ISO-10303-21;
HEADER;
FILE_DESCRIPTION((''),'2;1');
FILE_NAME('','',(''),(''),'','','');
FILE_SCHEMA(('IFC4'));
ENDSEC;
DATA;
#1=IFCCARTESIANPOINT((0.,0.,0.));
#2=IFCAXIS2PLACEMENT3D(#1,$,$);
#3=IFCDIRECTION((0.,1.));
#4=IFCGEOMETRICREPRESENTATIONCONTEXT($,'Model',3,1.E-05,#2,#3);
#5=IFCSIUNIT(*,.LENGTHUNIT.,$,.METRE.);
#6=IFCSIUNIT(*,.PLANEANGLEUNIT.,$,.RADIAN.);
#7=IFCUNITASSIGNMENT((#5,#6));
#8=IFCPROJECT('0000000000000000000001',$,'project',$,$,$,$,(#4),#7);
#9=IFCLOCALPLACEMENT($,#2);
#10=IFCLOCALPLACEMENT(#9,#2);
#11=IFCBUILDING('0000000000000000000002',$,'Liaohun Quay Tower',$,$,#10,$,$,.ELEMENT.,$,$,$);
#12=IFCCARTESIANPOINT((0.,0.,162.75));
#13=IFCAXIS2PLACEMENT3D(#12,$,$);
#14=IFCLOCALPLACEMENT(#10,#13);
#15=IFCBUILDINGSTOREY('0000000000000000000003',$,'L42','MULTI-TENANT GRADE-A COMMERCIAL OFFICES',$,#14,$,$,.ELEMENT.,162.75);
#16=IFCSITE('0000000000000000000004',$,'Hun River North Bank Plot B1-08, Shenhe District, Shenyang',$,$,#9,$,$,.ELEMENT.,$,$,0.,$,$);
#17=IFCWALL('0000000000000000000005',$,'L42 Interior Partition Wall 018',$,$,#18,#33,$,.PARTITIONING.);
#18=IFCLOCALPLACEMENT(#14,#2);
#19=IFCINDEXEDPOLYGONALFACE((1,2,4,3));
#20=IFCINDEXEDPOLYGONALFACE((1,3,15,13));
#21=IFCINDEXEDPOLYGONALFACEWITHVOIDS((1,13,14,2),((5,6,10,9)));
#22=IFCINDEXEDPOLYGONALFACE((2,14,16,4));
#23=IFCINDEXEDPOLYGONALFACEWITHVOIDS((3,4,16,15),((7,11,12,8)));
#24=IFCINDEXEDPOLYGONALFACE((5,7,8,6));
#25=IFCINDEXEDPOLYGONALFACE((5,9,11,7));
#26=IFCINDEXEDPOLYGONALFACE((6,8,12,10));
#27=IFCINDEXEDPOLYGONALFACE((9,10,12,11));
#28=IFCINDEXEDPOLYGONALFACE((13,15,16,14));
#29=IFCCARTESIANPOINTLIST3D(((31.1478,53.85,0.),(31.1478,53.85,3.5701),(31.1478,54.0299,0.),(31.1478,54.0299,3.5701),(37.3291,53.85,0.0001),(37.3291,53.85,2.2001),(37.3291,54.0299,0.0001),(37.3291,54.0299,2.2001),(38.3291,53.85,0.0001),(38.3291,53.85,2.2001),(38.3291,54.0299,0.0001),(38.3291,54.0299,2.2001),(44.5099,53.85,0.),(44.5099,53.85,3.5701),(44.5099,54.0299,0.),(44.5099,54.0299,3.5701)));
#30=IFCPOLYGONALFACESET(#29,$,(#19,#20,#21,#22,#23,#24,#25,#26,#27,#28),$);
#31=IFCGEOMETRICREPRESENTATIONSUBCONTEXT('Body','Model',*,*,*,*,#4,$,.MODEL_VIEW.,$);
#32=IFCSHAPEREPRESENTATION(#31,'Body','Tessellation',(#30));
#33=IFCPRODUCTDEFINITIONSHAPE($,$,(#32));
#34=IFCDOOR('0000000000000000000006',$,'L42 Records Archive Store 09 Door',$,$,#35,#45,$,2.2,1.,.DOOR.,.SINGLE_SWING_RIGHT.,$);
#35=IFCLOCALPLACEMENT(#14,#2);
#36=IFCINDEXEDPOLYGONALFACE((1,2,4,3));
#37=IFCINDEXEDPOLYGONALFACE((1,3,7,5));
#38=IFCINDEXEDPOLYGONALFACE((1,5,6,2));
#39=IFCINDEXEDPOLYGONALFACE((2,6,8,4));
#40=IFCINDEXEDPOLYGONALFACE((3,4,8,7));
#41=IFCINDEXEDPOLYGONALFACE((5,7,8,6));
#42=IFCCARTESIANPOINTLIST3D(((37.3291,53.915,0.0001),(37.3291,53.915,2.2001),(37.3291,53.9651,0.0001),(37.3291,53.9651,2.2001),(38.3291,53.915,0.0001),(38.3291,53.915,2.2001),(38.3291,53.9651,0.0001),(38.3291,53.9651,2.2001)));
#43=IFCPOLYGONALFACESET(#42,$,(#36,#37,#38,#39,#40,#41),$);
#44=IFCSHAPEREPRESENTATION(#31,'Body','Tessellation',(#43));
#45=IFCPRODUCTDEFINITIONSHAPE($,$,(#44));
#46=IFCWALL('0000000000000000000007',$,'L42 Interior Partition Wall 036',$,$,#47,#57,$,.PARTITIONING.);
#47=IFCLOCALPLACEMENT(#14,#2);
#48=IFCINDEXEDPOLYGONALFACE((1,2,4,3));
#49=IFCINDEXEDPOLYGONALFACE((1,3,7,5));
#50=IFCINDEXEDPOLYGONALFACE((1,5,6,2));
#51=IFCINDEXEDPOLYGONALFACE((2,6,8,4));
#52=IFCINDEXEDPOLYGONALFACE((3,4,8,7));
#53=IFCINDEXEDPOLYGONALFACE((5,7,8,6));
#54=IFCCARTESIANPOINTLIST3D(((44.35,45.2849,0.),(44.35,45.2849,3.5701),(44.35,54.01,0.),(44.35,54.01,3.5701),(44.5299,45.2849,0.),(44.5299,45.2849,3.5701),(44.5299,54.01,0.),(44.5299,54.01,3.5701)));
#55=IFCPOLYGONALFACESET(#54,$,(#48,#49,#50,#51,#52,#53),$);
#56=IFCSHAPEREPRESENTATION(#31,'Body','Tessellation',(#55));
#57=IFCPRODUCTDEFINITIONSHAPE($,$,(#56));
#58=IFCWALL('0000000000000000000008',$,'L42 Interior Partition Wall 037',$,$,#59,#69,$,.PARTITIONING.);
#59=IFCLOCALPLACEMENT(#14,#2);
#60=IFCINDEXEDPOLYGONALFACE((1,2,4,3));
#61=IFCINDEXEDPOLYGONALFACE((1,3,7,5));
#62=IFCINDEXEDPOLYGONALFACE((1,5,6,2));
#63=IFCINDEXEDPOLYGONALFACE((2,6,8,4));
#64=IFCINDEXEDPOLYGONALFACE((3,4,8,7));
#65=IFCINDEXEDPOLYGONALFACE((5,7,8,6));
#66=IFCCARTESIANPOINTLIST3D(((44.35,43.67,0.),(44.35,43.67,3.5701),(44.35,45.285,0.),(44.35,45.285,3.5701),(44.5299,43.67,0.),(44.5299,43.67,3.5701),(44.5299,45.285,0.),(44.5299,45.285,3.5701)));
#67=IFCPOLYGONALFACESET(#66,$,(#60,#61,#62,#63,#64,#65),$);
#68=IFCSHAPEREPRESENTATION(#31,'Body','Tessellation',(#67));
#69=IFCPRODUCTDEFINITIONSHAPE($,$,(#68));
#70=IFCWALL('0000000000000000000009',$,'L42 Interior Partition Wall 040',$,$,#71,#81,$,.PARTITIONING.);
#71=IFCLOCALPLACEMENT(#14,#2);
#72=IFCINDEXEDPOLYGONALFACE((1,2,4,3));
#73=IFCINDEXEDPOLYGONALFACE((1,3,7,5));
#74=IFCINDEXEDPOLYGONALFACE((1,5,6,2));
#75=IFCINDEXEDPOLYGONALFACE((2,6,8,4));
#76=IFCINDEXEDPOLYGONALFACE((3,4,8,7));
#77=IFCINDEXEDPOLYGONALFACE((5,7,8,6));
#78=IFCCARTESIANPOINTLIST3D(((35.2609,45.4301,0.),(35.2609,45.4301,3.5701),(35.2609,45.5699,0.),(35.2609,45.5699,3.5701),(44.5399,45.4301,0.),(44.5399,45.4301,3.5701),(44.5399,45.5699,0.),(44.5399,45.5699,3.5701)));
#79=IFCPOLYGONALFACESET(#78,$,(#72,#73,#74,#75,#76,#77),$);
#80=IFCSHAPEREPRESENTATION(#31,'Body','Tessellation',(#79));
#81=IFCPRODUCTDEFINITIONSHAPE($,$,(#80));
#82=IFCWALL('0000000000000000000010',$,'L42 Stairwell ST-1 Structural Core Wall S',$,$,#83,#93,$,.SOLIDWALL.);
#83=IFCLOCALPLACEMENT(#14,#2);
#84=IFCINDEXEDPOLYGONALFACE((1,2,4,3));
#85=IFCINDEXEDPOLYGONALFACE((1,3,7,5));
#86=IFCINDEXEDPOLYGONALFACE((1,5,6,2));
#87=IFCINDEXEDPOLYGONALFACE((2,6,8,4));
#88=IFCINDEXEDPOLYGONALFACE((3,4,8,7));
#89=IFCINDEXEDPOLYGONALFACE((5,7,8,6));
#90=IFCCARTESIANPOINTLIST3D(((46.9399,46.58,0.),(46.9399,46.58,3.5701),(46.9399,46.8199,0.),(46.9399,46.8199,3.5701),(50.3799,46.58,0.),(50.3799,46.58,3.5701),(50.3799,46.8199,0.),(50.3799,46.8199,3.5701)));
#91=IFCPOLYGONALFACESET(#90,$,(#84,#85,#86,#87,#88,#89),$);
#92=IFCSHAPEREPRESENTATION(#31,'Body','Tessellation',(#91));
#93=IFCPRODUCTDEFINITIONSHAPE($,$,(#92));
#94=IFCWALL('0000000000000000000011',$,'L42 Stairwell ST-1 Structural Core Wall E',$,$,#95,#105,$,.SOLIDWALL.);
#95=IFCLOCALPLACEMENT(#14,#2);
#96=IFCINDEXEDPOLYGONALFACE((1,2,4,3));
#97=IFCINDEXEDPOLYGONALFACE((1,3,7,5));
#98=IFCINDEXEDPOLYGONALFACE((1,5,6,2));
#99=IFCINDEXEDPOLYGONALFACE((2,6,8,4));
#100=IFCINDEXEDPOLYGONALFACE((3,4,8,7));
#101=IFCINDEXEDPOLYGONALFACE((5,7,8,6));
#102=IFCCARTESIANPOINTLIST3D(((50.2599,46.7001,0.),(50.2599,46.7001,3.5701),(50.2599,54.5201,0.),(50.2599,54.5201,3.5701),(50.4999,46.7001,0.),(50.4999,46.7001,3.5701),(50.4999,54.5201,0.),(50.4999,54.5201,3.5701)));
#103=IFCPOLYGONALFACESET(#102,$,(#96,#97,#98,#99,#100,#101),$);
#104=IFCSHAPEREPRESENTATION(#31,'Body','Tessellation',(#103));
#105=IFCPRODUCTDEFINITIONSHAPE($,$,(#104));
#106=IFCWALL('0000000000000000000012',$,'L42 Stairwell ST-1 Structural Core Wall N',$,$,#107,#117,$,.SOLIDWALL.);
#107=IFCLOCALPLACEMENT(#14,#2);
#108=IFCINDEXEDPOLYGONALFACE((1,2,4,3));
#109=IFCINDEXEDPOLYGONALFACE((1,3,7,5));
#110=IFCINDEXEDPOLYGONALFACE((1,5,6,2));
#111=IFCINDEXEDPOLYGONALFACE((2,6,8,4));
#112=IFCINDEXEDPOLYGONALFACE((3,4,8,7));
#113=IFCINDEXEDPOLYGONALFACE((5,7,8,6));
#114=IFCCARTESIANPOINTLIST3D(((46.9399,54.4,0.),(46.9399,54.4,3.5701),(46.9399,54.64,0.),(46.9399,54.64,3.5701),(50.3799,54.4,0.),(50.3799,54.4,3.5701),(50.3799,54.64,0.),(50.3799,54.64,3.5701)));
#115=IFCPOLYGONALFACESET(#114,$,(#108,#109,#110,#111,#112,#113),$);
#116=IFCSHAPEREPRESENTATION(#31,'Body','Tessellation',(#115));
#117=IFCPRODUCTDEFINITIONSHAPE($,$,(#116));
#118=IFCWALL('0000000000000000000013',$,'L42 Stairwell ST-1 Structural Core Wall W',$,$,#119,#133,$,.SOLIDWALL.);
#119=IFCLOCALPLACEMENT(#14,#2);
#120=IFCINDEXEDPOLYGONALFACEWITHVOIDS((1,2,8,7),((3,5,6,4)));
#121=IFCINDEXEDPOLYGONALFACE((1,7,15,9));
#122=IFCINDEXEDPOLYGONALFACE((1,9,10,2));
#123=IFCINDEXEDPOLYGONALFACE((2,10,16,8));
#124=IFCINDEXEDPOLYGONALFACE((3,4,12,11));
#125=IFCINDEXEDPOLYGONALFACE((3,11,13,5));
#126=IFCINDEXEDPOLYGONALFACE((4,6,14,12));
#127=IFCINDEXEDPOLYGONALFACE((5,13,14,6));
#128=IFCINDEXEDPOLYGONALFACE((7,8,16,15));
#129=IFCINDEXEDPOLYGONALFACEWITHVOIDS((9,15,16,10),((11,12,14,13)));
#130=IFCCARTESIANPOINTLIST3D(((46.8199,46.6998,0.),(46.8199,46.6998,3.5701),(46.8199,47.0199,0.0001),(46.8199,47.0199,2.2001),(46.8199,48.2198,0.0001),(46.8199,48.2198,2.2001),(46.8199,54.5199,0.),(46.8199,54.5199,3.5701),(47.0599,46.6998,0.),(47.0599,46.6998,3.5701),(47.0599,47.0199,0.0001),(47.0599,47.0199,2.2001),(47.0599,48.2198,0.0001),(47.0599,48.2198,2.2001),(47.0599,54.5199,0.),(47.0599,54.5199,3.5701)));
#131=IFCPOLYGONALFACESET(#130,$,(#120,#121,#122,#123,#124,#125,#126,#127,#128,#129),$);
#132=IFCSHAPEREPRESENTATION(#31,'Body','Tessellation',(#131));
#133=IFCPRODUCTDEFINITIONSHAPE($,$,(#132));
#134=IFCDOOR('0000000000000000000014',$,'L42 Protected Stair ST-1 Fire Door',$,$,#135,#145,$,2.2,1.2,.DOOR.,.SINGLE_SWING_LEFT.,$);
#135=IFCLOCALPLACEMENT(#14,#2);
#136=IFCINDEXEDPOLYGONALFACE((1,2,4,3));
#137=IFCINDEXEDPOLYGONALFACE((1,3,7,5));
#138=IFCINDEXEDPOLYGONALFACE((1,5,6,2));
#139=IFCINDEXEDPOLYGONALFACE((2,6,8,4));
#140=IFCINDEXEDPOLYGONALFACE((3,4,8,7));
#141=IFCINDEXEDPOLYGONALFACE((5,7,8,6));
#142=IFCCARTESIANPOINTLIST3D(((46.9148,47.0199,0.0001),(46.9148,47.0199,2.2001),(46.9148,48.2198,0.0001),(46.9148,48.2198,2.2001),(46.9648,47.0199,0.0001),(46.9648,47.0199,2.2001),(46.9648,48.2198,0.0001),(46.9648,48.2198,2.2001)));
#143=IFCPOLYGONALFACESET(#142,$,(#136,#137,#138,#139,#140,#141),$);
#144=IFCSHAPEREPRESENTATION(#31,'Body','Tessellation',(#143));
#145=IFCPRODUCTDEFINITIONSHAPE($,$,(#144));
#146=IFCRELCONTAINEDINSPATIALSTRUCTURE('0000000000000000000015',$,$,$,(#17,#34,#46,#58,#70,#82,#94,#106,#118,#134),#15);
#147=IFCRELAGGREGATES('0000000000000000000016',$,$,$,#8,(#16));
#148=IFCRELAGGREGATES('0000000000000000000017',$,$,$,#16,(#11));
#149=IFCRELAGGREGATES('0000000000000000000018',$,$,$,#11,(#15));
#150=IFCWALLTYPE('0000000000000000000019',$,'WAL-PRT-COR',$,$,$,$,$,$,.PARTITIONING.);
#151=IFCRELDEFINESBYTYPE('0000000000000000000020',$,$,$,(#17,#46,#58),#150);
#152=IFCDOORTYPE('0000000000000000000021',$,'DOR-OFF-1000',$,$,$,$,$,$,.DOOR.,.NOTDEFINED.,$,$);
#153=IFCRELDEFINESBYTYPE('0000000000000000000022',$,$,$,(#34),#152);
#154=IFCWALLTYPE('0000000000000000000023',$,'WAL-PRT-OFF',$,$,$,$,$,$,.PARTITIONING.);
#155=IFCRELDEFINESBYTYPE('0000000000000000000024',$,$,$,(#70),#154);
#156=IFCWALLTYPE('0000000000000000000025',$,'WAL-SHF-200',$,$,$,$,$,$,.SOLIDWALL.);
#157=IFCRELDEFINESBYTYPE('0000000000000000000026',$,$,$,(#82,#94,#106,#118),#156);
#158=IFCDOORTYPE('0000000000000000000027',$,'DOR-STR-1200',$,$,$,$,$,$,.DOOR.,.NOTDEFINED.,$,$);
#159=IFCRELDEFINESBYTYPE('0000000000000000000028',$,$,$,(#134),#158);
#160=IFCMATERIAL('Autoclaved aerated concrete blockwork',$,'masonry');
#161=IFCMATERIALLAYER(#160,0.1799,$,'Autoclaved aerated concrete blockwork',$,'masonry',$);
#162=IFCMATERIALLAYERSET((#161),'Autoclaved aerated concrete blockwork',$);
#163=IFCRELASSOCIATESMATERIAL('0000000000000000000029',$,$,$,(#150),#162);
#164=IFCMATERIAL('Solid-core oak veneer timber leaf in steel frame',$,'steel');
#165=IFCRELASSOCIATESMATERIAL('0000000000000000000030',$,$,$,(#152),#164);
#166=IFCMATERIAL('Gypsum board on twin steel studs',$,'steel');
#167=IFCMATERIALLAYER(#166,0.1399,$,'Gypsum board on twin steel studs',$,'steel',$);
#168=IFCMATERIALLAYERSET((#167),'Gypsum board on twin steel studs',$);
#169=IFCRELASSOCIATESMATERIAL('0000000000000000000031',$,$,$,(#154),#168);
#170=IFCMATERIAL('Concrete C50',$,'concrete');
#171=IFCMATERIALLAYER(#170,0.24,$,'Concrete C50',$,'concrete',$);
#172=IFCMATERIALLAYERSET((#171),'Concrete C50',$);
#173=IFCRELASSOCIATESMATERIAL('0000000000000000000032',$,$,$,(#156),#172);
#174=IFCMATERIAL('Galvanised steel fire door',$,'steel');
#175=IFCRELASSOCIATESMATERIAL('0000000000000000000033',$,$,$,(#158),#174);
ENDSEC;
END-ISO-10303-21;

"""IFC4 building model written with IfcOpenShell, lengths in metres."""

from ifc_helpers import new_model, si_unit, direction, frame, frame_2d, origin, place, context, subcontext, project, spatial, rectangle, extrude, source, transform, mapped, material, layer, layer_set, type_object, element, fill, save


model = new_model("IFC4")

# Units and contexts
model_context = context("Model", 3, precision=1e-05, world=origin(), true_north=direction((0.0, 1.0)))
body_context = subcontext(model_context, "Body", "Model", "MODEL_VIEW")
ifc_project = project(units=[si_unit("LENGTHUNIT", "METRE"), si_unit("PLANEANGLEUNIT", "RADIAN")], contexts=[model_context])

# Site, building, storey
site_placement = place(None, origin())
site = spatial("IfcSite", under=ifc_project, at=site_placement, Name="Hun River North Bank Plot B1-08, Shenhe District, Shenyang", CompositionType="ELEMENT", RefElevation=0.0)
building_placement = place(site_placement, origin())
building = spatial("IfcBuilding", under=site, at=building_placement, Name="Liaohun Quay Tower", CompositionType="ELEMENT")
storey_placement = place(building_placement, frame((0.0, 0.0, 162.75)))
storey = spatial("IfcBuildingStorey", under=building, at=storey_placement, Name="L42", Description="MULTI-TENANT GRADE-A COMMERCIAL OFFICES", CompositionType="ELEMENT", Elevation=162.75)

# Wall, opening, door
ifc_material_1 = material(Name="Autoclaved aerated concrete blockwork", Category="masonry")
ifc_layer_1 = layer(ifc_material_1, 0.1799, Name="Autoclaved aerated concrete blockwork", Category="masonry")
ifc_layer_set_1 = layer_set([ifc_layer_1], Name="Autoclaved aerated concrete blockwork")
wall_type_1 = type_object("IfcWallType", Name="WAL-PRT-COR", PredefinedType="PARTITIONING", material=ifc_layer_set_1)
wall_1_placement = place(storey_placement, frame((44.51, 53.9399, 0.0), z_axis=(0.0, 0.0, 1.0), x_axis=(-1.0, 0.0, 0.0)))
wall_1 = element("IfcWall", 1, at=wall_1_placement, inside=storey, type_object=wall_type_1, Name="L42 Interior Partition Wall 018", PredefinedType="PARTITIONING", context=body_context, shape_type="SweptSolid", body=[
    extrude(rectangle(XDim=13.3621, YDim=0.1799, at=frame_2d((6.6812, 0.0))), origin(), (0.0, 0.0, 1.0), 3.5701),
])
shared_shape_1 = source(origin(), body_context, "Body", "SweptSolid", [
    extrude(rectangle(XDim=1.0, YDim=2.2, at=frame_2d((0.5, 1.1001))), frame((0.0, 0.0999, 0.0), z_axis=(0.0, -1.0, 0.0), x_axis=(1.0, 0.0, 0.0)), (0.0, 0.0, 1.0), 0.2),
])
opening_1_placement = place(wall_1_placement, frame((6.1809, 0.0, 0.0)))
opening_1 = element("IfcOpeningElement", 2, at=opening_1_placement, cuts=wall_1, PredefinedType="OPENING", context=body_context, shape_type="MappedRepresentation", body=[
    mapped(shared_shape_1, transform((0.0, 0.0, 0.0), x_axis=(1.0, 0.0, 0.0), y_axis=(0.0, 1.0, 0.0), z_axis=(0.0, 0.0, 1.0), scale=1.0)),
])
ifc_material_2 = material(Name="Solid-core oak veneer timber leaf in steel frame", Category="steel")
door_type_1 = type_object("IfcDoorType", Name="DOR-OFF-1000", OperationType="NOTDEFINED", PredefinedType="DOOR", material=ifc_material_2)
shared_shape_2 = source(origin(), body_context, "Body", "SweptSolid", [
    extrude(rectangle(XDim=1.0, YDim=2.2, at=frame_2d((0.5, 1.1001))), frame((0.0, 0.0249, 0.0), z_axis=(0.0, -1.0, 0.0), x_axis=(1.0, 0.0, 0.0)), (0.0, 0.0, 1.0), 0.05),
])
door_1_placement = place(opening_1_placement, origin())
door_1 = element("IfcDoor", 3, at=door_1_placement, inside=storey, type_object=door_type_1, Name="L42 Records Archive Store 09 Door", OperationType="SINGLE_SWING_RIGHT", OverallHeight=2.2, OverallWidth=1.0, PredefinedType="DOOR", context=body_context, shape_type="MappedRepresentation", body=[
    mapped(shared_shape_2, transform((0.0, 0.0, 0.0), x_axis=(1.0, 0.0, 0.0), y_axis=(0.0, 1.0, 0.0), z_axis=(0.0, 0.0, 1.0), scale=1.0)),
])
fill(opening_1, door_1)

# Walls
wall_2_placement = place(storey_placement, frame((44.4399, 45.2849, 0.0), z_axis=(0.0, 0.0, 1.0), x_axis=(0.0, 1.0, 0.0)))
element("IfcWall", 4, at=wall_2_placement, inside=storey, type_object=wall_type_1, Name="L42 Interior Partition Wall 036", PredefinedType="PARTITIONING", context=body_context, shape_type="SweptSolid", body=[
    extrude(rectangle(XDim=8.7251, YDim=0.1799, at=frame_2d((4.3625, 0.0))), origin(), (0.0, 0.0, 1.0), 3.5701),
])
wall_3_placement = place(storey_placement, frame((44.4399, 43.6699, 0.0), z_axis=(0.0, 0.0, 1.0), x_axis=(0.0, 1.0, 0.0)))
element("IfcWall", 5, at=wall_3_placement, inside=storey, type_object=wall_type_1, Name="L42 Interior Partition Wall 037", PredefinedType="PARTITIONING", context=body_context, shape_type="SweptSolid", body=[
    extrude(rectangle(XDim=1.615, YDim=0.1799, at=frame_2d((0.8076, 0.0))), origin(), (0.0, 0.0, 1.0), 3.5701),
])
ifc_material_3 = material(Name="Gypsum board on twin steel studs", Category="steel")
ifc_layer_2 = layer(ifc_material_3, 0.1399, Name="Gypsum board on twin steel studs", Category="steel")
ifc_layer_set_2 = layer_set([ifc_layer_2], Name="Gypsum board on twin steel studs")
wall_type_2 = type_object("IfcWallType", Name="WAL-PRT-OFF", PredefinedType="PARTITIONING", material=ifc_layer_set_2)
wall_4_placement = place(storey_placement, frame((44.54, 45.5, 0.0), z_axis=(0.0, 0.0, 1.0), x_axis=(-1.0, 0.0, 0.0)))
element("IfcWall", 6, at=wall_4_placement, inside=storey, type_object=wall_type_2, Name="L42 Interior Partition Wall 040", PredefinedType="PARTITIONING", context=body_context, shape_type="SweptSolid", body=[
    extrude(rectangle(XDim=9.2791, YDim=0.1399, at=frame_2d((4.6396, 0.0))), origin(), (0.0, 0.0, 1.0), 3.5701),
])
ifc_material_4 = material(Name="Concrete C50", Category="concrete")
ifc_layer_3 = layer(ifc_material_4, 0.24, Name="Concrete C50", Category="concrete")
ifc_layer_set_3 = layer_set([ifc_layer_3], Name="Concrete C50")
wall_type_3 = type_object("IfcWallType", Name="WAL-SHF-200", PredefinedType="SOLIDWALL", material=ifc_layer_set_3)
wall_5_placement = place(storey_placement, frame((46.9399, 46.7, 0.0), z_axis=(0.0, 0.0, 1.0), x_axis=(1.0, 0.0, 0.0)))
element("IfcWall", 7, at=wall_5_placement, inside=storey, type_object=wall_type_3, Name="L42 Stairwell ST-1 Structural Core Wall S", PredefinedType="SOLIDWALL", context=body_context, shape_type="SweptSolid", body=[
    extrude(rectangle(XDim=3.4399, YDim=0.24, at=frame_2d((1.72, 0.0))), origin(), (0.0, 0.0, 1.0), 3.5701),
])
wall_6_placement = place(storey_placement, frame((50.3799, 46.7, 0.0), z_axis=(0.0, 0.0, 1.0), x_axis=(0.0, 1.0, 0.0)))
element("IfcWall", 8, at=wall_6_placement, inside=storey, type_object=wall_type_3, Name="L42 Stairwell ST-1 Structural Core Wall E", PredefinedType="SOLIDWALL", context=body_context, shape_type="SweptSolid", body=[
    extrude(rectangle(XDim=7.8201, YDim=0.24, at=frame_2d((3.9102, 0.0))), origin(), (0.0, 0.0, 1.0), 3.5701),
])
wall_7_placement = place(storey_placement, frame((50.3799, 54.52, 0.0), z_axis=(0.0, 0.0, 1.0), x_axis=(-1.0, 0.0, 0.0)))
element("IfcWall", 9, at=wall_7_placement, inside=storey, type_object=wall_type_3, Name="L42 Stairwell ST-1 Structural Core Wall N", PredefinedType="SOLIDWALL", context=body_context, shape_type="SweptSolid", body=[
    extrude(rectangle(XDim=3.4399, YDim=0.24, at=frame_2d((1.72, 0.0))), origin(), (0.0, 0.0, 1.0), 3.5701),
])

# Wall, opening, door
wall_8_placement = place(storey_placement, frame((46.9399, 54.52, 0.0), z_axis=(0.0, 0.0, 1.0), x_axis=(0.0, -1.0, 0.0)))
wall_8 = element("IfcWall", 10, at=wall_8_placement, inside=storey, type_object=wall_type_3, Name="L42 Stairwell ST-1 Structural Core Wall W", PredefinedType="SOLIDWALL", context=body_context, shape_type="SweptSolid", body=[
    extrude(rectangle(XDim=7.8201, YDim=0.24, at=frame_2d((3.9102, 0.0))), origin(), (0.0, 0.0, 1.0), 3.5701),
])
shared_shape_3 = source(origin(), body_context, "Body", "SweptSolid", [
    extrude(rectangle(XDim=1.2, YDim=2.2, at=frame_2d((0.6001, 1.1001))), frame((0.0, 0.1299, 0.0), z_axis=(0.0, -1.0, 0.0), x_axis=(1.0, 0.0, 0.0)), (0.0, 0.0, 1.0), 0.26),
])
opening_2_placement = place(wall_8_placement, frame((6.3, 0.0, 0.0)))
opening_2 = element("IfcOpeningElement", 11, at=opening_2_placement, cuts=wall_8, PredefinedType="OPENING", context=body_context, shape_type="MappedRepresentation", body=[
    mapped(shared_shape_3, transform((0.0, 0.0, 0.0), x_axis=(1.0, 0.0, 0.0), y_axis=(0.0, 1.0, 0.0), z_axis=(0.0, 0.0, 1.0), scale=1.0)),
])
ifc_material_5 = material(Name="Galvanised steel fire door", Category="steel")
door_type_2 = type_object("IfcDoorType", Name="DOR-STR-1200", OperationType="NOTDEFINED", PredefinedType="DOOR", material=ifc_material_5)
shared_shape_4 = source(origin(), body_context, "Body", "SweptSolid", [
    extrude(rectangle(XDim=1.2, YDim=2.2, at=frame_2d((0.6001, 1.1001))), frame((0.0, 0.0249, 0.0), z_axis=(0.0, -1.0, 0.0), x_axis=(1.0, 0.0, 0.0)), (0.0, 0.0, 1.0), 0.05),
])
door_2_placement = place(opening_2_placement, origin())
door_2 = element("IfcDoor", 12, at=door_2_placement, inside=storey, type_object=door_type_2, Name="L42 Protected Stair ST-1 Fire Door", OperationType="SINGLE_SWING_LEFT", OverallHeight=2.2, OverallWidth=1.2, PredefinedType="DOOR", context=body_context, shape_type="MappedRepresentation", body=[
    mapped(shared_shape_4, transform((0.0, 0.0, 0.0), x_axis=(1.0, 0.0, 0.0), y_axis=(0.0, 1.0, 0.0), z_axis=(0.0, 0.0, 1.0), scale=1.0)),
])
fill(opening_2, door_2)

save(model, "model.ifc")
